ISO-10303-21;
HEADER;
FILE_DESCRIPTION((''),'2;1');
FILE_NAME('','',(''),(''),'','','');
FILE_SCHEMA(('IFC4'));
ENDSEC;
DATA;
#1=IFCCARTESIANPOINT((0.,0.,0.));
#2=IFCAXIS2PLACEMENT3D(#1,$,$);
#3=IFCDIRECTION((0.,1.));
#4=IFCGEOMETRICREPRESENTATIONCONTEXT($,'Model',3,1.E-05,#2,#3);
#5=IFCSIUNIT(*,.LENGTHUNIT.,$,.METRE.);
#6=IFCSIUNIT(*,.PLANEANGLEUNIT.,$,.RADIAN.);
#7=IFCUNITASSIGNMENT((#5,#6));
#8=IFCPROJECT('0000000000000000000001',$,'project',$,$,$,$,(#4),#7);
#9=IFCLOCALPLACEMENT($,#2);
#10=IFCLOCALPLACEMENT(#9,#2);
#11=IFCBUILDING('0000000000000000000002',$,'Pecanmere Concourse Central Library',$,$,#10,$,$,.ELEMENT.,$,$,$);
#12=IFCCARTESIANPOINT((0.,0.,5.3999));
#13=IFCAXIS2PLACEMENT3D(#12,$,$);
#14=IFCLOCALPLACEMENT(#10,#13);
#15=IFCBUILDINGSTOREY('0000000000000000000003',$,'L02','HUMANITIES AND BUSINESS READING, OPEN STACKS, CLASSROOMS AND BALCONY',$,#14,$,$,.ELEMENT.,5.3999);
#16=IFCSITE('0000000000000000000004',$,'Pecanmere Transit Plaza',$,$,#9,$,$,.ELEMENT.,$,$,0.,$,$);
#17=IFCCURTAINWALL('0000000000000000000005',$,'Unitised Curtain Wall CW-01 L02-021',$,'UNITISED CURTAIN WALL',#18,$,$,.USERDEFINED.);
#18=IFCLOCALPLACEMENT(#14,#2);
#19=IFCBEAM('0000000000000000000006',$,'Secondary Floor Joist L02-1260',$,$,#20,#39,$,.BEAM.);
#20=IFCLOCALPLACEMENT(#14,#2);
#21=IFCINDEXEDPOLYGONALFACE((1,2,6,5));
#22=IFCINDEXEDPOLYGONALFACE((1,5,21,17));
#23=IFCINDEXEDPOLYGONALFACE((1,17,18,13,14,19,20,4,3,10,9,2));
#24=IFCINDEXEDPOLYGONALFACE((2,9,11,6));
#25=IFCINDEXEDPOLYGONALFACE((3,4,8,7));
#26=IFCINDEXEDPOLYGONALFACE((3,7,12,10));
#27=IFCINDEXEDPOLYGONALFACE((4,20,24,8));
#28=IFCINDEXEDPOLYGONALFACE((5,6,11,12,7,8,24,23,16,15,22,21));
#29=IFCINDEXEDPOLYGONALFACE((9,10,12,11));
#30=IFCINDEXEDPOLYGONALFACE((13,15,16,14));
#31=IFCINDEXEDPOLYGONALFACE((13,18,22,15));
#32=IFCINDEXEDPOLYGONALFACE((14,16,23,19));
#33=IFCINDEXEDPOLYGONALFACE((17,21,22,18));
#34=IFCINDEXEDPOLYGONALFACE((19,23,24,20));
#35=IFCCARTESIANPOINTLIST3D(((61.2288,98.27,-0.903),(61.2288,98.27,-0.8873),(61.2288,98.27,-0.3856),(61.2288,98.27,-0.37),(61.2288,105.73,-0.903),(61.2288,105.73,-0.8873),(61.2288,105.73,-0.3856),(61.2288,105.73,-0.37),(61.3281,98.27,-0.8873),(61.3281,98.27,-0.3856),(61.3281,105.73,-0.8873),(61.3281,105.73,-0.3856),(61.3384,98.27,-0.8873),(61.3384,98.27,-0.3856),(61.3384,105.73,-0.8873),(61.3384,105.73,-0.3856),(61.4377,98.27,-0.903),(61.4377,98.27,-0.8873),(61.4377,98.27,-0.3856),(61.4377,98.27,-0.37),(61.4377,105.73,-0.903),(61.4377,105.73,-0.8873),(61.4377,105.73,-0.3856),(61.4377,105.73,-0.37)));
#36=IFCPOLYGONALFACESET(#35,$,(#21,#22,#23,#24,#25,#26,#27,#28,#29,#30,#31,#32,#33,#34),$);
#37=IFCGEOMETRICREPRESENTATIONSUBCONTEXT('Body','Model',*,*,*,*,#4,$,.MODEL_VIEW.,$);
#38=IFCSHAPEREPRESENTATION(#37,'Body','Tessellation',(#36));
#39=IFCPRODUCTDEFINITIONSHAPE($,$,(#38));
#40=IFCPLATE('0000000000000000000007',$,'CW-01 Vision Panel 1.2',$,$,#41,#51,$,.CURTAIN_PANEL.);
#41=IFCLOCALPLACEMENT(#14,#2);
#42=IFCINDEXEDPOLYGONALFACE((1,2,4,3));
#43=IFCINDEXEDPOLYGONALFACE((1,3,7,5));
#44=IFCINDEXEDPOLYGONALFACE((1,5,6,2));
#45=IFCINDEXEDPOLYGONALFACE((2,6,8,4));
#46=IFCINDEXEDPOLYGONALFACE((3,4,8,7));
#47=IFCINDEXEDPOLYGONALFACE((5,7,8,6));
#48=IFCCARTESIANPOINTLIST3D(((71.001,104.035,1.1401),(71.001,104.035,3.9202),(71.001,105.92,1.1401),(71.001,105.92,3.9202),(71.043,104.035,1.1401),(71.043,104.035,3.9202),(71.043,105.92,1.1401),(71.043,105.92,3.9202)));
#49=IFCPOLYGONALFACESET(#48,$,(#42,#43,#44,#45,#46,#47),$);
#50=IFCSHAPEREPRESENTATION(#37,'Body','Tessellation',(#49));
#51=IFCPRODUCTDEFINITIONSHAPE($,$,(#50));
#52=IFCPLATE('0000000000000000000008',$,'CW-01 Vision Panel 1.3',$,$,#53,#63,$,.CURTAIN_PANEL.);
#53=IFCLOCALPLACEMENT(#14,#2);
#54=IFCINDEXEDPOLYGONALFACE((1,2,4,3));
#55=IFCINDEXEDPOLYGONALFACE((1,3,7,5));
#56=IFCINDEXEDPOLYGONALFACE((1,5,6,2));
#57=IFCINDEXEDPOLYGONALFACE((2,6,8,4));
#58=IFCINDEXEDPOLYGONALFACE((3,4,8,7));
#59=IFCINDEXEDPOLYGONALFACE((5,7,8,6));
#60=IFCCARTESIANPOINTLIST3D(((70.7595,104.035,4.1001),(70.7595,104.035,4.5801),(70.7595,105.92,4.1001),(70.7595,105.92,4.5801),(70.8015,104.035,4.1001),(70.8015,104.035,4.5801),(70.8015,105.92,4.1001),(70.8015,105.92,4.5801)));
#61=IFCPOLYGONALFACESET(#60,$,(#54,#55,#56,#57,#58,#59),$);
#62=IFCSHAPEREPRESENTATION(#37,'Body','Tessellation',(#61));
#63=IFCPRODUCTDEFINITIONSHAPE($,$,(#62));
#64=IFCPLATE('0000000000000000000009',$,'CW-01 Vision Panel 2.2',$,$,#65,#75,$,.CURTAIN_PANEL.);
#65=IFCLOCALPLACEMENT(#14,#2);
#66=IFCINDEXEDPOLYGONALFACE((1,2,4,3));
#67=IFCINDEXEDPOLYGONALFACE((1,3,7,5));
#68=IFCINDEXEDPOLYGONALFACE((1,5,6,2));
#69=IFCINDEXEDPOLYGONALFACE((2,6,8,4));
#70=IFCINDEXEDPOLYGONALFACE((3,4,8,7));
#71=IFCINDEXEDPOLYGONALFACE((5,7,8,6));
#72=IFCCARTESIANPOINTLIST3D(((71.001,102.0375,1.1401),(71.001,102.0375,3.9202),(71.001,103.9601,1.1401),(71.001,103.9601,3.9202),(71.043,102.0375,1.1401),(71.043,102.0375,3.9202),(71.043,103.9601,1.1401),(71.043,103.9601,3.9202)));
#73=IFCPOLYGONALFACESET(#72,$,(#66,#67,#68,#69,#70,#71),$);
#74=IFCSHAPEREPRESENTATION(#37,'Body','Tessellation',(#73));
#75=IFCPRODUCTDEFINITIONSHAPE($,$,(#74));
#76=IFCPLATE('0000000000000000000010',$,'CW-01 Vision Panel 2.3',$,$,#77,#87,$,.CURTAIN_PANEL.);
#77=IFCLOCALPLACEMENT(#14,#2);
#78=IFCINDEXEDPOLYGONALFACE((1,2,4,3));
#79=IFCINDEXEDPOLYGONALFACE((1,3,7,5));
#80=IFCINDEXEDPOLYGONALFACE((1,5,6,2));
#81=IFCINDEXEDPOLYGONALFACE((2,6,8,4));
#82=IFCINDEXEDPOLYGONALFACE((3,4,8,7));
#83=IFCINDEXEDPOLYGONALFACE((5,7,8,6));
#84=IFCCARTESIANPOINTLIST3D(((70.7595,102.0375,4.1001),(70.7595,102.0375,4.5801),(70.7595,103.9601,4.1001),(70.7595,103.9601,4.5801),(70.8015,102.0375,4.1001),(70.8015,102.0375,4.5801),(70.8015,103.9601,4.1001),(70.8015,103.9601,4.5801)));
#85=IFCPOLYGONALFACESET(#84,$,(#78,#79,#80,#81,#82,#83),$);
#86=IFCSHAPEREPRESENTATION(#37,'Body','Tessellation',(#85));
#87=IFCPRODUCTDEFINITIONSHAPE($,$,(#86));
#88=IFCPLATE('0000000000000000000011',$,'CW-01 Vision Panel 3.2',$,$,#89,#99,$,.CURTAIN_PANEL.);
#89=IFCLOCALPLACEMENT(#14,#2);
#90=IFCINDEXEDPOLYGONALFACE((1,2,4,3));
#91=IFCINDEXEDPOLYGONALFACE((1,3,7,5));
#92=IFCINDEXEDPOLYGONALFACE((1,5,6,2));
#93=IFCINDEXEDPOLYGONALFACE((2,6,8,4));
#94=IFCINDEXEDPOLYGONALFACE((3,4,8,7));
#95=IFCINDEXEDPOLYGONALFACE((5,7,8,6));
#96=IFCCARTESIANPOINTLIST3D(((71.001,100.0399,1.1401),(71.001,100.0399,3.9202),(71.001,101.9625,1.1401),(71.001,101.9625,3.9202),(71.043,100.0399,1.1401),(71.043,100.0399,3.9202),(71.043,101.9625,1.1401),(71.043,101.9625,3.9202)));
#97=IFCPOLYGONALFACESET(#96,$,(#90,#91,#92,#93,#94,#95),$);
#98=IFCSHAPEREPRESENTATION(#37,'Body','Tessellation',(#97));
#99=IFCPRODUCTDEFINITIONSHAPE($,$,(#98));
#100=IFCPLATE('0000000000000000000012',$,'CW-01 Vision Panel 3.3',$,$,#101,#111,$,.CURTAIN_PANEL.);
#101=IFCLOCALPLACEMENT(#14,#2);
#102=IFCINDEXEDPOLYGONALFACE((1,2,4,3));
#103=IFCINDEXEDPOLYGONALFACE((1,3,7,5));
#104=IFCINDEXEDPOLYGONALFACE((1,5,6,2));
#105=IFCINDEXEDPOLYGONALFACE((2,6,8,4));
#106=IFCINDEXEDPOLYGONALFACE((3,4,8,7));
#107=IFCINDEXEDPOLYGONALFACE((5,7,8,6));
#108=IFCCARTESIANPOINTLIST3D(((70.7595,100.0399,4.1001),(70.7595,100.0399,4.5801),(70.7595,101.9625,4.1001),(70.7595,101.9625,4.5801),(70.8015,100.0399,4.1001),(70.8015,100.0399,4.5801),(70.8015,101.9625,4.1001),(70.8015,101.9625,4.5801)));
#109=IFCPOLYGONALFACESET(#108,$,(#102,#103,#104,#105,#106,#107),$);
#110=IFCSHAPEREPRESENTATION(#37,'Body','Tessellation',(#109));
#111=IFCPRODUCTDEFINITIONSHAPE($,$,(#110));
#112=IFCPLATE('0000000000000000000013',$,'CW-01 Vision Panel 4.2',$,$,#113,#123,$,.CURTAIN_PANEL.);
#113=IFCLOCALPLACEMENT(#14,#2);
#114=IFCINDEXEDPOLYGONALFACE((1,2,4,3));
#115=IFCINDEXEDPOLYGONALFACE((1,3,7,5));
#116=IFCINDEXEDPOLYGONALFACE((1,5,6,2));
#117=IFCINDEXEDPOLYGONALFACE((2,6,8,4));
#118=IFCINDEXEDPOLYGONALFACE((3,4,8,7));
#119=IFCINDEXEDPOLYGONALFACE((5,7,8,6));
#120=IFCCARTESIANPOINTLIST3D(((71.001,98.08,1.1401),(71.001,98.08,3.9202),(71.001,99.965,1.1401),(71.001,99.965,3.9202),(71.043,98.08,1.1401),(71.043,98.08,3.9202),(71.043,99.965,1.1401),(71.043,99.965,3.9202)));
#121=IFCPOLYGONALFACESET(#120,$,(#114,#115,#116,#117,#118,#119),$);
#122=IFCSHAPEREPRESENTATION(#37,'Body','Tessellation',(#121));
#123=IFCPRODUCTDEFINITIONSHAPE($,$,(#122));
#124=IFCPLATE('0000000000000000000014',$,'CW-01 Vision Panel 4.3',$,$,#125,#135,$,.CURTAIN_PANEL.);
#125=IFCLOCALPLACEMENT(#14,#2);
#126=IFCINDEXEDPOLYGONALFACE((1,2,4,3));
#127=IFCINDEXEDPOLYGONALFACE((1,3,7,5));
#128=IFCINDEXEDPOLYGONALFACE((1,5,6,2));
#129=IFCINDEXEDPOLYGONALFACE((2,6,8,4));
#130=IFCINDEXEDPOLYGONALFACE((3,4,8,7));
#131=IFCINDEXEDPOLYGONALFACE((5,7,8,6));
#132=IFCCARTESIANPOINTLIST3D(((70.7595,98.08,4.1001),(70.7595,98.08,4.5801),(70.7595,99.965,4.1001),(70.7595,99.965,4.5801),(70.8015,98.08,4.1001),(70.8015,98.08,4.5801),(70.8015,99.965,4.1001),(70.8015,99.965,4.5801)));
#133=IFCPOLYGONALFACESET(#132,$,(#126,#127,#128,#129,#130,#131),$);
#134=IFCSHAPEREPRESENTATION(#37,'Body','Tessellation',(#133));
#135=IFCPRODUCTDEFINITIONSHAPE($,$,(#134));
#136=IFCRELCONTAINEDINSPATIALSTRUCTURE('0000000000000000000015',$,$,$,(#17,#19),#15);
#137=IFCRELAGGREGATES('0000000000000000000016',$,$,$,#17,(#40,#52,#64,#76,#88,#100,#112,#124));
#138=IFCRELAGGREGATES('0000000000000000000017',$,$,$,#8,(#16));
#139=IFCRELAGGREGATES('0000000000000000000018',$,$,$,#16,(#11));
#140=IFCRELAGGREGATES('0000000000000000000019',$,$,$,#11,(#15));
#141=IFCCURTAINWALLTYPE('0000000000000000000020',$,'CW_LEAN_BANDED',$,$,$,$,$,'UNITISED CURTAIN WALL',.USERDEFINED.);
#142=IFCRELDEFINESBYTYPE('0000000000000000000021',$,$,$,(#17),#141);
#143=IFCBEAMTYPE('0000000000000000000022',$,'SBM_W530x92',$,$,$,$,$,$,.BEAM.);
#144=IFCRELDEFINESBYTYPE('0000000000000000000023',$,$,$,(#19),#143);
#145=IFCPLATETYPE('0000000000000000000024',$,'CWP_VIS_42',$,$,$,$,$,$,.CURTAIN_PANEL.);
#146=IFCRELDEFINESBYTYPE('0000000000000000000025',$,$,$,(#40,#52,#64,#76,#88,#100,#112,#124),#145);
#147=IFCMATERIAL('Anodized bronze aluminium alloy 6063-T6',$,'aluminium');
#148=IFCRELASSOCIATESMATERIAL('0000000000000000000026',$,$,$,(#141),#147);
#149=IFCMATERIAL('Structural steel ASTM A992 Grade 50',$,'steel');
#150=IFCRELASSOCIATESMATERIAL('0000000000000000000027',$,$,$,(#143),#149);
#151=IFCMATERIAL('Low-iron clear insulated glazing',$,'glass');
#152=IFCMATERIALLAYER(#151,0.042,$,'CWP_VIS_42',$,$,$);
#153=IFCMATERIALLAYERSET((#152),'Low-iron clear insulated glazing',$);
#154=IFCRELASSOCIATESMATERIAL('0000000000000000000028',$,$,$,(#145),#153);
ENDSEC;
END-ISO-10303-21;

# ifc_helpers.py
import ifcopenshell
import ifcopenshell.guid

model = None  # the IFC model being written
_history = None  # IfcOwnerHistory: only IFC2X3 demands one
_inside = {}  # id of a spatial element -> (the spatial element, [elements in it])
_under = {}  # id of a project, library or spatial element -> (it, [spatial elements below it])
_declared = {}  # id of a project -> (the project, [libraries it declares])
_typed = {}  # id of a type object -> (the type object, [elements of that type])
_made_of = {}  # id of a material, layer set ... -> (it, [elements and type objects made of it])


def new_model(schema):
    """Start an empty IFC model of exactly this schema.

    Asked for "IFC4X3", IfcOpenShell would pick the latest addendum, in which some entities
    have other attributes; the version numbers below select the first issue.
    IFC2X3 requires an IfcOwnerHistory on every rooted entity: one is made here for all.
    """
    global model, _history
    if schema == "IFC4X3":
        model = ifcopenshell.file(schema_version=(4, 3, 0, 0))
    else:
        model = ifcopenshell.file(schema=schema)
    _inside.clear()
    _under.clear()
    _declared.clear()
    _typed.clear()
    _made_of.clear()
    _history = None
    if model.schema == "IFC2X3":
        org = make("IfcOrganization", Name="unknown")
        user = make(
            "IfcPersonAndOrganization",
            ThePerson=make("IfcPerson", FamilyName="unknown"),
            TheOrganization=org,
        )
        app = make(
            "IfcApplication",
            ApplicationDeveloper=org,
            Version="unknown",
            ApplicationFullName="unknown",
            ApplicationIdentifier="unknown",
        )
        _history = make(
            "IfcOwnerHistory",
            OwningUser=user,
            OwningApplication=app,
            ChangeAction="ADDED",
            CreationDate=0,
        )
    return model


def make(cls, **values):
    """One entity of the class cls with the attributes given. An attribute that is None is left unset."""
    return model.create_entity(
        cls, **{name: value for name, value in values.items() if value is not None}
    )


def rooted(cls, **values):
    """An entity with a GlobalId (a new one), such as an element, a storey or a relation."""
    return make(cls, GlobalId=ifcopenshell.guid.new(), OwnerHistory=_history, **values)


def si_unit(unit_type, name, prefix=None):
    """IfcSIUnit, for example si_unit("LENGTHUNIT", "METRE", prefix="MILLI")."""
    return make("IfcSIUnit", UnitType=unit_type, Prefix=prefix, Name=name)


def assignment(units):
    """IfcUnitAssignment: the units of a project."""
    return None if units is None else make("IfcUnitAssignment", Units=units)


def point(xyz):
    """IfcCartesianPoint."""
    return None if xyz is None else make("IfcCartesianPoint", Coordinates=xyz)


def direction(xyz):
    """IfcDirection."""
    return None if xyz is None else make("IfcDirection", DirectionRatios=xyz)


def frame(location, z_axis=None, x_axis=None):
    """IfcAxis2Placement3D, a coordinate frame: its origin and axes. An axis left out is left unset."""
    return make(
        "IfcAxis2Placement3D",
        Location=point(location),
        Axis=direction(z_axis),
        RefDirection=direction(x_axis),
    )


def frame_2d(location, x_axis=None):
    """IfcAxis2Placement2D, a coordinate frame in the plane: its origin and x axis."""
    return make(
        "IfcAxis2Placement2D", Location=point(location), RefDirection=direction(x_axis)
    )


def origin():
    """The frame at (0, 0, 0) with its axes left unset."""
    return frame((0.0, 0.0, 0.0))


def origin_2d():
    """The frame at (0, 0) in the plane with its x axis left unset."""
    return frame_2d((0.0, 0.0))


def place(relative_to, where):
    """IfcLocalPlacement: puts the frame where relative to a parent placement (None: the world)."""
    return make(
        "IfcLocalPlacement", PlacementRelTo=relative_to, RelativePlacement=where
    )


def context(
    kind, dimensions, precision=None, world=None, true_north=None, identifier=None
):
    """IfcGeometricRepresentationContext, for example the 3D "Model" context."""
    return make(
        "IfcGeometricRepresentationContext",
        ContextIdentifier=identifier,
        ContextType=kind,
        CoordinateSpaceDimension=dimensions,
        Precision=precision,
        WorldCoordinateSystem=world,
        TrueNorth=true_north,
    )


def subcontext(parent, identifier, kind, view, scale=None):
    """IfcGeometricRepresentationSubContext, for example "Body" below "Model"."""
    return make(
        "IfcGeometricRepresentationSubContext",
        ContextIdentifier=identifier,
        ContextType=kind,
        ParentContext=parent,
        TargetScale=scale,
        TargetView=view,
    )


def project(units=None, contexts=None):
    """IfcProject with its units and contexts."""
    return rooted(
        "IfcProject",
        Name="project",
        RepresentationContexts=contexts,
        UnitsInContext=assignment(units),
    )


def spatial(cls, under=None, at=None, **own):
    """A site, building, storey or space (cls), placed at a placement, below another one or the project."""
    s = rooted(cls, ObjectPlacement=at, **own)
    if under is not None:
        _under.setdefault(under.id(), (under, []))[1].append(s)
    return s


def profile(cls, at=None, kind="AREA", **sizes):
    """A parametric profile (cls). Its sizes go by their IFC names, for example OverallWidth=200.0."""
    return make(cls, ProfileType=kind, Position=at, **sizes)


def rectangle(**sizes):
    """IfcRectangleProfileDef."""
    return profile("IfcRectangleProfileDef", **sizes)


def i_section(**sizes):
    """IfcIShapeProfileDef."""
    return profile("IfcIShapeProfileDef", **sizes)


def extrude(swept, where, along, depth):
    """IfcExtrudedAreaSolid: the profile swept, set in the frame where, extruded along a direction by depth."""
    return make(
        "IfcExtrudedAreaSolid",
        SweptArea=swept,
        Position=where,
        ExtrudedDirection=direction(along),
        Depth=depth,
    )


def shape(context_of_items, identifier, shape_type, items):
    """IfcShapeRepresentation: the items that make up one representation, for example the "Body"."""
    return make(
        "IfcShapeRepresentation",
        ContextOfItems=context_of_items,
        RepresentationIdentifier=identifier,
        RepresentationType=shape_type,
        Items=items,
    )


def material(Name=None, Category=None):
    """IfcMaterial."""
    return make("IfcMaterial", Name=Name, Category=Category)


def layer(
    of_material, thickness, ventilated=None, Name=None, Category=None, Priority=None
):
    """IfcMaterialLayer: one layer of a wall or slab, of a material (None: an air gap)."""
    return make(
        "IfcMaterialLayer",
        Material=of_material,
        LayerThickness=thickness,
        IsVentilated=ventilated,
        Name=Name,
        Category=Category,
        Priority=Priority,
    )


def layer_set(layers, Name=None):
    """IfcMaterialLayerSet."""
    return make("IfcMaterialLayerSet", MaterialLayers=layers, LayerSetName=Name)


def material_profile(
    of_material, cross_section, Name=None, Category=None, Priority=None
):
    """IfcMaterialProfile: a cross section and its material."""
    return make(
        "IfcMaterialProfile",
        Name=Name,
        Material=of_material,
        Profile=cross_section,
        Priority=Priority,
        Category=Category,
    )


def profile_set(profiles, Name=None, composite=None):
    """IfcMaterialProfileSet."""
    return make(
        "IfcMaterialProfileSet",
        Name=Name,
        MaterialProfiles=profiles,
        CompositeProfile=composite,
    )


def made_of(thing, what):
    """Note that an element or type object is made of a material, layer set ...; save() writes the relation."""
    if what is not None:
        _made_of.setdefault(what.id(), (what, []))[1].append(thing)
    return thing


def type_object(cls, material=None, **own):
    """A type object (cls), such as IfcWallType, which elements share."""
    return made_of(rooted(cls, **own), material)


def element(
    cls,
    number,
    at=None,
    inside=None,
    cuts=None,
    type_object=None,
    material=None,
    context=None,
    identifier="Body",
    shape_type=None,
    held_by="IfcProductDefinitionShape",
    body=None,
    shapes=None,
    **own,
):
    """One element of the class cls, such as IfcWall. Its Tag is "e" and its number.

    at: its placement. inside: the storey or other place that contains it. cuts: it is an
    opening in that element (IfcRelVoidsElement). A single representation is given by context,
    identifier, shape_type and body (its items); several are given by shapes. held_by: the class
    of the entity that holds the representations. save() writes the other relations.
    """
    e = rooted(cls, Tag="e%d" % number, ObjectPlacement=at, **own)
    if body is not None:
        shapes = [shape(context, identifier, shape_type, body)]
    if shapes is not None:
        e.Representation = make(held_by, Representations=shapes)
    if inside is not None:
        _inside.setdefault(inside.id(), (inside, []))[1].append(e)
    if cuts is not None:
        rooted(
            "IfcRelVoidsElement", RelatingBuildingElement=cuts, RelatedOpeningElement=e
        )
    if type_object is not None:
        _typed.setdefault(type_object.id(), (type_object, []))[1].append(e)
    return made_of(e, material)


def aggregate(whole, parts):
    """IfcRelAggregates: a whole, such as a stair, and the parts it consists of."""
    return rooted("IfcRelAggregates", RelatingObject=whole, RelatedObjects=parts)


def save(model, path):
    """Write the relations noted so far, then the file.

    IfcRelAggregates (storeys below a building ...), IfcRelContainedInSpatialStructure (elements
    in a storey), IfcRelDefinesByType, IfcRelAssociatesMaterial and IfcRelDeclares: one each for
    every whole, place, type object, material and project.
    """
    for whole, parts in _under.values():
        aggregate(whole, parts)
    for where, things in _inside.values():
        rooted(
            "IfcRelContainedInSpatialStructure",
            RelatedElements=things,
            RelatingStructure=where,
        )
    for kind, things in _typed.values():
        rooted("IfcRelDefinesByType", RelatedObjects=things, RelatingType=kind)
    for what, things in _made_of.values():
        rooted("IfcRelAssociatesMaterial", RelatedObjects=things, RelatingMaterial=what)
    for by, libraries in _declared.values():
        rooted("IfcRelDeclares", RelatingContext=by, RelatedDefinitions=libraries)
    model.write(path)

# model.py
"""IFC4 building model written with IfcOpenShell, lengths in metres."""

from ifc_helpers import new_model, si_unit, direction, frame, origin, origin_2d, place, context, subcontext, project, spatial, rectangle, i_section, extrude, material, layer, layer_set, material_profile, profile_set, type_object, element, aggregate, save


model = new_model("IFC4")

# Units and contexts
model_context = context("Model", 3, precision=1e-05, world=origin(), true_north=direction((0.0, 1.0)))
body_context = subcontext(model_context, "Body", "Model", "MODEL_VIEW")
ifc_project = project(units=[si_unit("LENGTHUNIT", "METRE"), si_unit("PLANEANGLEUNIT", "RADIAN")], contexts=[model_context])

# Site, building, storey
site_placement = place(None, origin())
site = spatial("IfcSite", under=ifc_project, at=site_placement, Name="Pecanmere Transit Plaza", CompositionType="ELEMENT", RefElevation=0.0)
building_placement = place(site_placement, origin())
building = spatial("IfcBuilding", under=site, at=building_placement, Name="Pecanmere Concourse Central Library", CompositionType="ELEMENT")
storey_placement = place(building_placement, frame((0.0, 0.0, 5.3999)))
storey = spatial("IfcBuildingStorey", under=building, at=storey_placement, Name="L02", Description="HUMANITIES AND BUSINESS READING, OPEN STACKS, CLASSROOMS AND BALCONY", CompositionType="ELEMENT", Elevation=5.3999)

# Curtain wall
ifc_material_1 = material(Name="Anodized bronze aluminium alloy 6063-T6", Category="aluminium")
curtain_wall_type = type_object("IfcCurtainWallType", Name="CW_LEAN_BANDED", ElementType="UNITISED CURTAIN WALL", PredefinedType="USERDEFINED", material=ifc_material_1)
curtain_wall_placement = place(storey_placement, origin())
curtain_wall = element("IfcCurtainWall", 1, at=curtain_wall_placement, inside=storey, type_object=curtain_wall_type, Name="Unitised Curtain Wall CW-01 L02-021", ObjectType="UNITISED CURTAIN WALL", PredefinedType="USERDEFINED")

# Beam
ifc_material_2 = material(Name="Structural steel ASTM A992 Grade 50", Category="steel")
ifc_material_profile_1 = material_profile(ifc_material_2, i_section(OverallWidth=0.209, OverallDepth=0.533, WebThickness=0.0103, FlangeThickness=0.0156, at=origin_2d()), Name="W530x92")
ifc_profile_set_1 = profile_set([ifc_material_profile_1], Name="Structural steel ASTM A992 Grade 50")
beam_type_1 = type_object("IfcBeamType", Name="SBM_W530x92", PredefinedType="BEAM", material=ifc_profile_set_1)
beam_1_placement = place(storey_placement, frame((61.3333, 98.27, -0.6365), z_axis=(0.0, 1.0, 0.0), x_axis=(-1.0, 0.0, 0.0)))
element("IfcBeam", 2, at=beam_1_placement, inside=storey, type_object=beam_type_1, Name="Secondary Floor Joist L02-1260", PredefinedType="BEAM", context=body_context, shape_type="SweptSolid", body=[
    extrude(i_section(OverallWidth=0.209, OverallDepth=0.533, WebThickness=0.0103, FlangeThickness=0.0156, at=origin_2d()), origin(), (0.0, 0.0, 1.0), 7.46),
])

# Plates
ifc_material_3 = material(Name="Low-iron clear insulated glazing", Category="glass")
ifc_layer = layer(ifc_material_3, 0.042, Name="CWP_VIS_42")
ifc_layer_set = layer_set([ifc_layer], Name="Low-iron clear insulated glazing")
plate_type = type_object("IfcPlateType", Name="CWP_VIS_42", PredefinedType="CURTAIN_PANEL", material=ifc_layer_set)
plate_1_placement = place(storey_placement, frame((71.022, 104.9775, 1.1401), z_axis=(0.0, 0.0, 1.0), x_axis=(0.0, -1.0, 0.0)))
plate_1 = element("IfcPlate", 3, at=plate_1_placement, type_object=plate_type, Name="CW-01 Vision Panel 1.2", PredefinedType="CURTAIN_PANEL", context=body_context, shape_type="SweptSolid", body=[
    extrude(rectangle(XDim=1.885, YDim=0.042, at=origin_2d()), origin(), (0.0, 0.0, 1.0), 2.78),
])
plate_2_placement = place(storey_placement, frame((70.7805, 104.9775, 4.1001), z_axis=(0.0, 0.0, 1.0), x_axis=(0.0, -1.0, 0.0)))
plate_2 = element("IfcPlate", 4, at=plate_2_placement, type_object=plate_type, Name="CW-01 Vision Panel 1.3", PredefinedType="CURTAIN_PANEL", context=body_context, shape_type="SweptSolid", body=[
    extrude(rectangle(XDim=1.885, YDim=0.042, at=origin_2d()), origin(), (0.0, 0.0, 1.0), 0.48),
])
plate_3_placement = place(storey_placement, frame((71.022, 102.9988, 1.1401), z_axis=(0.0, 0.0, 1.0), x_axis=(0.0, -1.0, 0.0)))
plate_3 = element("IfcPlate", 5, at=plate_3_placement, type_object=plate_type, Name="CW-01 Vision Panel 2.2", PredefinedType="CURTAIN_PANEL", context=body_context, shape_type="SweptSolid", body=[
    extrude(rectangle(XDim=1.9226, YDim=0.042, at=origin_2d()), origin(), (0.0, 0.0, 1.0), 2.78),
])
plate_4_placement = place(storey_placement, frame((70.7805, 102.9988, 4.1001), z_axis=(0.0, 0.0, 1.0), x_axis=(0.0, -1.0, 0.0)))
plate_4 = element("IfcPlate", 6, at=plate_4_placement, type_object=plate_type, Name="CW-01 Vision Panel 2.3", PredefinedType="CURTAIN_PANEL", context=body_context, shape_type="SweptSolid", body=[
    extrude(rectangle(XDim=1.9226, YDim=0.042, at=origin_2d()), origin(), (0.0, 0.0, 1.0), 0.48),
])
plate_5_placement = place(storey_placement, frame((71.022, 101.0012, 1.1401), z_axis=(0.0, 0.0, 1.0), x_axis=(0.0, -1.0, 0.0)))
plate_5 = element("IfcPlate", 7, at=plate_5_placement, type_object=plate_type, Name="CW-01 Vision Panel 3.2", PredefinedType="CURTAIN_PANEL", context=body_context, shape_type="SweptSolid", body=[
    extrude(rectangle(XDim=1.9226, YDim=0.042, at=origin_2d()), origin(), (0.0, 0.0, 1.0), 2.78),
])
plate_6_placement = place(storey_placement, frame((70.7805, 101.0012, 4.1001), z_axis=(0.0, 0.0, 1.0), x_axis=(0.0, -1.0, 0.0)))
plate_6 = element("IfcPlate", 8, at=plate_6_placement, type_object=plate_type, Name="CW-01 Vision Panel 3.3", PredefinedType="CURTAIN_PANEL", context=body_context, shape_type="SweptSolid", body=[
    extrude(rectangle(XDim=1.9226, YDim=0.042, at=origin_2d()), origin(), (0.0, 0.0, 1.0), 0.48),
])
plate_7_placement = place(storey_placement, frame((71.022, 99.0225, 1.1401), z_axis=(0.0, 0.0, 1.0), x_axis=(0.0, -1.0, 0.0)))
plate_7 = element("IfcPlate", 9, at=plate_7_placement, type_object=plate_type, Name="CW-01 Vision Panel 4.2", PredefinedType="CURTAIN_PANEL", context=body_context, shape_type="SweptSolid", body=[
    extrude(rectangle(XDim=1.885, YDim=0.042, at=origin_2d()), origin(), (0.0, 0.0, 1.0), 2.78),
])
plate_8_placement = place(storey_placement, frame((70.7805, 99.0225, 4.1001), z_axis=(0.0, 0.0, 1.0), x_axis=(0.0, -1.0, 0.0)))
plate_8 = element("IfcPlate", 10, at=plate_8_placement, type_object=plate_type, Name="CW-01 Vision Panel 4.3", PredefinedType="CURTAIN_PANEL", context=body_context, shape_type="SweptSolid", body=[
    extrude(rectangle(XDim=1.885, YDim=0.042, at=origin_2d()), origin(), (0.0, 0.0, 1.0), 0.48),
])
aggregate(curtain_wall, [plate_1, plate_2, plate_3, plate_4, plate_5, plate_6, plate_7, plate_8])

save(model, "model.ifc")
